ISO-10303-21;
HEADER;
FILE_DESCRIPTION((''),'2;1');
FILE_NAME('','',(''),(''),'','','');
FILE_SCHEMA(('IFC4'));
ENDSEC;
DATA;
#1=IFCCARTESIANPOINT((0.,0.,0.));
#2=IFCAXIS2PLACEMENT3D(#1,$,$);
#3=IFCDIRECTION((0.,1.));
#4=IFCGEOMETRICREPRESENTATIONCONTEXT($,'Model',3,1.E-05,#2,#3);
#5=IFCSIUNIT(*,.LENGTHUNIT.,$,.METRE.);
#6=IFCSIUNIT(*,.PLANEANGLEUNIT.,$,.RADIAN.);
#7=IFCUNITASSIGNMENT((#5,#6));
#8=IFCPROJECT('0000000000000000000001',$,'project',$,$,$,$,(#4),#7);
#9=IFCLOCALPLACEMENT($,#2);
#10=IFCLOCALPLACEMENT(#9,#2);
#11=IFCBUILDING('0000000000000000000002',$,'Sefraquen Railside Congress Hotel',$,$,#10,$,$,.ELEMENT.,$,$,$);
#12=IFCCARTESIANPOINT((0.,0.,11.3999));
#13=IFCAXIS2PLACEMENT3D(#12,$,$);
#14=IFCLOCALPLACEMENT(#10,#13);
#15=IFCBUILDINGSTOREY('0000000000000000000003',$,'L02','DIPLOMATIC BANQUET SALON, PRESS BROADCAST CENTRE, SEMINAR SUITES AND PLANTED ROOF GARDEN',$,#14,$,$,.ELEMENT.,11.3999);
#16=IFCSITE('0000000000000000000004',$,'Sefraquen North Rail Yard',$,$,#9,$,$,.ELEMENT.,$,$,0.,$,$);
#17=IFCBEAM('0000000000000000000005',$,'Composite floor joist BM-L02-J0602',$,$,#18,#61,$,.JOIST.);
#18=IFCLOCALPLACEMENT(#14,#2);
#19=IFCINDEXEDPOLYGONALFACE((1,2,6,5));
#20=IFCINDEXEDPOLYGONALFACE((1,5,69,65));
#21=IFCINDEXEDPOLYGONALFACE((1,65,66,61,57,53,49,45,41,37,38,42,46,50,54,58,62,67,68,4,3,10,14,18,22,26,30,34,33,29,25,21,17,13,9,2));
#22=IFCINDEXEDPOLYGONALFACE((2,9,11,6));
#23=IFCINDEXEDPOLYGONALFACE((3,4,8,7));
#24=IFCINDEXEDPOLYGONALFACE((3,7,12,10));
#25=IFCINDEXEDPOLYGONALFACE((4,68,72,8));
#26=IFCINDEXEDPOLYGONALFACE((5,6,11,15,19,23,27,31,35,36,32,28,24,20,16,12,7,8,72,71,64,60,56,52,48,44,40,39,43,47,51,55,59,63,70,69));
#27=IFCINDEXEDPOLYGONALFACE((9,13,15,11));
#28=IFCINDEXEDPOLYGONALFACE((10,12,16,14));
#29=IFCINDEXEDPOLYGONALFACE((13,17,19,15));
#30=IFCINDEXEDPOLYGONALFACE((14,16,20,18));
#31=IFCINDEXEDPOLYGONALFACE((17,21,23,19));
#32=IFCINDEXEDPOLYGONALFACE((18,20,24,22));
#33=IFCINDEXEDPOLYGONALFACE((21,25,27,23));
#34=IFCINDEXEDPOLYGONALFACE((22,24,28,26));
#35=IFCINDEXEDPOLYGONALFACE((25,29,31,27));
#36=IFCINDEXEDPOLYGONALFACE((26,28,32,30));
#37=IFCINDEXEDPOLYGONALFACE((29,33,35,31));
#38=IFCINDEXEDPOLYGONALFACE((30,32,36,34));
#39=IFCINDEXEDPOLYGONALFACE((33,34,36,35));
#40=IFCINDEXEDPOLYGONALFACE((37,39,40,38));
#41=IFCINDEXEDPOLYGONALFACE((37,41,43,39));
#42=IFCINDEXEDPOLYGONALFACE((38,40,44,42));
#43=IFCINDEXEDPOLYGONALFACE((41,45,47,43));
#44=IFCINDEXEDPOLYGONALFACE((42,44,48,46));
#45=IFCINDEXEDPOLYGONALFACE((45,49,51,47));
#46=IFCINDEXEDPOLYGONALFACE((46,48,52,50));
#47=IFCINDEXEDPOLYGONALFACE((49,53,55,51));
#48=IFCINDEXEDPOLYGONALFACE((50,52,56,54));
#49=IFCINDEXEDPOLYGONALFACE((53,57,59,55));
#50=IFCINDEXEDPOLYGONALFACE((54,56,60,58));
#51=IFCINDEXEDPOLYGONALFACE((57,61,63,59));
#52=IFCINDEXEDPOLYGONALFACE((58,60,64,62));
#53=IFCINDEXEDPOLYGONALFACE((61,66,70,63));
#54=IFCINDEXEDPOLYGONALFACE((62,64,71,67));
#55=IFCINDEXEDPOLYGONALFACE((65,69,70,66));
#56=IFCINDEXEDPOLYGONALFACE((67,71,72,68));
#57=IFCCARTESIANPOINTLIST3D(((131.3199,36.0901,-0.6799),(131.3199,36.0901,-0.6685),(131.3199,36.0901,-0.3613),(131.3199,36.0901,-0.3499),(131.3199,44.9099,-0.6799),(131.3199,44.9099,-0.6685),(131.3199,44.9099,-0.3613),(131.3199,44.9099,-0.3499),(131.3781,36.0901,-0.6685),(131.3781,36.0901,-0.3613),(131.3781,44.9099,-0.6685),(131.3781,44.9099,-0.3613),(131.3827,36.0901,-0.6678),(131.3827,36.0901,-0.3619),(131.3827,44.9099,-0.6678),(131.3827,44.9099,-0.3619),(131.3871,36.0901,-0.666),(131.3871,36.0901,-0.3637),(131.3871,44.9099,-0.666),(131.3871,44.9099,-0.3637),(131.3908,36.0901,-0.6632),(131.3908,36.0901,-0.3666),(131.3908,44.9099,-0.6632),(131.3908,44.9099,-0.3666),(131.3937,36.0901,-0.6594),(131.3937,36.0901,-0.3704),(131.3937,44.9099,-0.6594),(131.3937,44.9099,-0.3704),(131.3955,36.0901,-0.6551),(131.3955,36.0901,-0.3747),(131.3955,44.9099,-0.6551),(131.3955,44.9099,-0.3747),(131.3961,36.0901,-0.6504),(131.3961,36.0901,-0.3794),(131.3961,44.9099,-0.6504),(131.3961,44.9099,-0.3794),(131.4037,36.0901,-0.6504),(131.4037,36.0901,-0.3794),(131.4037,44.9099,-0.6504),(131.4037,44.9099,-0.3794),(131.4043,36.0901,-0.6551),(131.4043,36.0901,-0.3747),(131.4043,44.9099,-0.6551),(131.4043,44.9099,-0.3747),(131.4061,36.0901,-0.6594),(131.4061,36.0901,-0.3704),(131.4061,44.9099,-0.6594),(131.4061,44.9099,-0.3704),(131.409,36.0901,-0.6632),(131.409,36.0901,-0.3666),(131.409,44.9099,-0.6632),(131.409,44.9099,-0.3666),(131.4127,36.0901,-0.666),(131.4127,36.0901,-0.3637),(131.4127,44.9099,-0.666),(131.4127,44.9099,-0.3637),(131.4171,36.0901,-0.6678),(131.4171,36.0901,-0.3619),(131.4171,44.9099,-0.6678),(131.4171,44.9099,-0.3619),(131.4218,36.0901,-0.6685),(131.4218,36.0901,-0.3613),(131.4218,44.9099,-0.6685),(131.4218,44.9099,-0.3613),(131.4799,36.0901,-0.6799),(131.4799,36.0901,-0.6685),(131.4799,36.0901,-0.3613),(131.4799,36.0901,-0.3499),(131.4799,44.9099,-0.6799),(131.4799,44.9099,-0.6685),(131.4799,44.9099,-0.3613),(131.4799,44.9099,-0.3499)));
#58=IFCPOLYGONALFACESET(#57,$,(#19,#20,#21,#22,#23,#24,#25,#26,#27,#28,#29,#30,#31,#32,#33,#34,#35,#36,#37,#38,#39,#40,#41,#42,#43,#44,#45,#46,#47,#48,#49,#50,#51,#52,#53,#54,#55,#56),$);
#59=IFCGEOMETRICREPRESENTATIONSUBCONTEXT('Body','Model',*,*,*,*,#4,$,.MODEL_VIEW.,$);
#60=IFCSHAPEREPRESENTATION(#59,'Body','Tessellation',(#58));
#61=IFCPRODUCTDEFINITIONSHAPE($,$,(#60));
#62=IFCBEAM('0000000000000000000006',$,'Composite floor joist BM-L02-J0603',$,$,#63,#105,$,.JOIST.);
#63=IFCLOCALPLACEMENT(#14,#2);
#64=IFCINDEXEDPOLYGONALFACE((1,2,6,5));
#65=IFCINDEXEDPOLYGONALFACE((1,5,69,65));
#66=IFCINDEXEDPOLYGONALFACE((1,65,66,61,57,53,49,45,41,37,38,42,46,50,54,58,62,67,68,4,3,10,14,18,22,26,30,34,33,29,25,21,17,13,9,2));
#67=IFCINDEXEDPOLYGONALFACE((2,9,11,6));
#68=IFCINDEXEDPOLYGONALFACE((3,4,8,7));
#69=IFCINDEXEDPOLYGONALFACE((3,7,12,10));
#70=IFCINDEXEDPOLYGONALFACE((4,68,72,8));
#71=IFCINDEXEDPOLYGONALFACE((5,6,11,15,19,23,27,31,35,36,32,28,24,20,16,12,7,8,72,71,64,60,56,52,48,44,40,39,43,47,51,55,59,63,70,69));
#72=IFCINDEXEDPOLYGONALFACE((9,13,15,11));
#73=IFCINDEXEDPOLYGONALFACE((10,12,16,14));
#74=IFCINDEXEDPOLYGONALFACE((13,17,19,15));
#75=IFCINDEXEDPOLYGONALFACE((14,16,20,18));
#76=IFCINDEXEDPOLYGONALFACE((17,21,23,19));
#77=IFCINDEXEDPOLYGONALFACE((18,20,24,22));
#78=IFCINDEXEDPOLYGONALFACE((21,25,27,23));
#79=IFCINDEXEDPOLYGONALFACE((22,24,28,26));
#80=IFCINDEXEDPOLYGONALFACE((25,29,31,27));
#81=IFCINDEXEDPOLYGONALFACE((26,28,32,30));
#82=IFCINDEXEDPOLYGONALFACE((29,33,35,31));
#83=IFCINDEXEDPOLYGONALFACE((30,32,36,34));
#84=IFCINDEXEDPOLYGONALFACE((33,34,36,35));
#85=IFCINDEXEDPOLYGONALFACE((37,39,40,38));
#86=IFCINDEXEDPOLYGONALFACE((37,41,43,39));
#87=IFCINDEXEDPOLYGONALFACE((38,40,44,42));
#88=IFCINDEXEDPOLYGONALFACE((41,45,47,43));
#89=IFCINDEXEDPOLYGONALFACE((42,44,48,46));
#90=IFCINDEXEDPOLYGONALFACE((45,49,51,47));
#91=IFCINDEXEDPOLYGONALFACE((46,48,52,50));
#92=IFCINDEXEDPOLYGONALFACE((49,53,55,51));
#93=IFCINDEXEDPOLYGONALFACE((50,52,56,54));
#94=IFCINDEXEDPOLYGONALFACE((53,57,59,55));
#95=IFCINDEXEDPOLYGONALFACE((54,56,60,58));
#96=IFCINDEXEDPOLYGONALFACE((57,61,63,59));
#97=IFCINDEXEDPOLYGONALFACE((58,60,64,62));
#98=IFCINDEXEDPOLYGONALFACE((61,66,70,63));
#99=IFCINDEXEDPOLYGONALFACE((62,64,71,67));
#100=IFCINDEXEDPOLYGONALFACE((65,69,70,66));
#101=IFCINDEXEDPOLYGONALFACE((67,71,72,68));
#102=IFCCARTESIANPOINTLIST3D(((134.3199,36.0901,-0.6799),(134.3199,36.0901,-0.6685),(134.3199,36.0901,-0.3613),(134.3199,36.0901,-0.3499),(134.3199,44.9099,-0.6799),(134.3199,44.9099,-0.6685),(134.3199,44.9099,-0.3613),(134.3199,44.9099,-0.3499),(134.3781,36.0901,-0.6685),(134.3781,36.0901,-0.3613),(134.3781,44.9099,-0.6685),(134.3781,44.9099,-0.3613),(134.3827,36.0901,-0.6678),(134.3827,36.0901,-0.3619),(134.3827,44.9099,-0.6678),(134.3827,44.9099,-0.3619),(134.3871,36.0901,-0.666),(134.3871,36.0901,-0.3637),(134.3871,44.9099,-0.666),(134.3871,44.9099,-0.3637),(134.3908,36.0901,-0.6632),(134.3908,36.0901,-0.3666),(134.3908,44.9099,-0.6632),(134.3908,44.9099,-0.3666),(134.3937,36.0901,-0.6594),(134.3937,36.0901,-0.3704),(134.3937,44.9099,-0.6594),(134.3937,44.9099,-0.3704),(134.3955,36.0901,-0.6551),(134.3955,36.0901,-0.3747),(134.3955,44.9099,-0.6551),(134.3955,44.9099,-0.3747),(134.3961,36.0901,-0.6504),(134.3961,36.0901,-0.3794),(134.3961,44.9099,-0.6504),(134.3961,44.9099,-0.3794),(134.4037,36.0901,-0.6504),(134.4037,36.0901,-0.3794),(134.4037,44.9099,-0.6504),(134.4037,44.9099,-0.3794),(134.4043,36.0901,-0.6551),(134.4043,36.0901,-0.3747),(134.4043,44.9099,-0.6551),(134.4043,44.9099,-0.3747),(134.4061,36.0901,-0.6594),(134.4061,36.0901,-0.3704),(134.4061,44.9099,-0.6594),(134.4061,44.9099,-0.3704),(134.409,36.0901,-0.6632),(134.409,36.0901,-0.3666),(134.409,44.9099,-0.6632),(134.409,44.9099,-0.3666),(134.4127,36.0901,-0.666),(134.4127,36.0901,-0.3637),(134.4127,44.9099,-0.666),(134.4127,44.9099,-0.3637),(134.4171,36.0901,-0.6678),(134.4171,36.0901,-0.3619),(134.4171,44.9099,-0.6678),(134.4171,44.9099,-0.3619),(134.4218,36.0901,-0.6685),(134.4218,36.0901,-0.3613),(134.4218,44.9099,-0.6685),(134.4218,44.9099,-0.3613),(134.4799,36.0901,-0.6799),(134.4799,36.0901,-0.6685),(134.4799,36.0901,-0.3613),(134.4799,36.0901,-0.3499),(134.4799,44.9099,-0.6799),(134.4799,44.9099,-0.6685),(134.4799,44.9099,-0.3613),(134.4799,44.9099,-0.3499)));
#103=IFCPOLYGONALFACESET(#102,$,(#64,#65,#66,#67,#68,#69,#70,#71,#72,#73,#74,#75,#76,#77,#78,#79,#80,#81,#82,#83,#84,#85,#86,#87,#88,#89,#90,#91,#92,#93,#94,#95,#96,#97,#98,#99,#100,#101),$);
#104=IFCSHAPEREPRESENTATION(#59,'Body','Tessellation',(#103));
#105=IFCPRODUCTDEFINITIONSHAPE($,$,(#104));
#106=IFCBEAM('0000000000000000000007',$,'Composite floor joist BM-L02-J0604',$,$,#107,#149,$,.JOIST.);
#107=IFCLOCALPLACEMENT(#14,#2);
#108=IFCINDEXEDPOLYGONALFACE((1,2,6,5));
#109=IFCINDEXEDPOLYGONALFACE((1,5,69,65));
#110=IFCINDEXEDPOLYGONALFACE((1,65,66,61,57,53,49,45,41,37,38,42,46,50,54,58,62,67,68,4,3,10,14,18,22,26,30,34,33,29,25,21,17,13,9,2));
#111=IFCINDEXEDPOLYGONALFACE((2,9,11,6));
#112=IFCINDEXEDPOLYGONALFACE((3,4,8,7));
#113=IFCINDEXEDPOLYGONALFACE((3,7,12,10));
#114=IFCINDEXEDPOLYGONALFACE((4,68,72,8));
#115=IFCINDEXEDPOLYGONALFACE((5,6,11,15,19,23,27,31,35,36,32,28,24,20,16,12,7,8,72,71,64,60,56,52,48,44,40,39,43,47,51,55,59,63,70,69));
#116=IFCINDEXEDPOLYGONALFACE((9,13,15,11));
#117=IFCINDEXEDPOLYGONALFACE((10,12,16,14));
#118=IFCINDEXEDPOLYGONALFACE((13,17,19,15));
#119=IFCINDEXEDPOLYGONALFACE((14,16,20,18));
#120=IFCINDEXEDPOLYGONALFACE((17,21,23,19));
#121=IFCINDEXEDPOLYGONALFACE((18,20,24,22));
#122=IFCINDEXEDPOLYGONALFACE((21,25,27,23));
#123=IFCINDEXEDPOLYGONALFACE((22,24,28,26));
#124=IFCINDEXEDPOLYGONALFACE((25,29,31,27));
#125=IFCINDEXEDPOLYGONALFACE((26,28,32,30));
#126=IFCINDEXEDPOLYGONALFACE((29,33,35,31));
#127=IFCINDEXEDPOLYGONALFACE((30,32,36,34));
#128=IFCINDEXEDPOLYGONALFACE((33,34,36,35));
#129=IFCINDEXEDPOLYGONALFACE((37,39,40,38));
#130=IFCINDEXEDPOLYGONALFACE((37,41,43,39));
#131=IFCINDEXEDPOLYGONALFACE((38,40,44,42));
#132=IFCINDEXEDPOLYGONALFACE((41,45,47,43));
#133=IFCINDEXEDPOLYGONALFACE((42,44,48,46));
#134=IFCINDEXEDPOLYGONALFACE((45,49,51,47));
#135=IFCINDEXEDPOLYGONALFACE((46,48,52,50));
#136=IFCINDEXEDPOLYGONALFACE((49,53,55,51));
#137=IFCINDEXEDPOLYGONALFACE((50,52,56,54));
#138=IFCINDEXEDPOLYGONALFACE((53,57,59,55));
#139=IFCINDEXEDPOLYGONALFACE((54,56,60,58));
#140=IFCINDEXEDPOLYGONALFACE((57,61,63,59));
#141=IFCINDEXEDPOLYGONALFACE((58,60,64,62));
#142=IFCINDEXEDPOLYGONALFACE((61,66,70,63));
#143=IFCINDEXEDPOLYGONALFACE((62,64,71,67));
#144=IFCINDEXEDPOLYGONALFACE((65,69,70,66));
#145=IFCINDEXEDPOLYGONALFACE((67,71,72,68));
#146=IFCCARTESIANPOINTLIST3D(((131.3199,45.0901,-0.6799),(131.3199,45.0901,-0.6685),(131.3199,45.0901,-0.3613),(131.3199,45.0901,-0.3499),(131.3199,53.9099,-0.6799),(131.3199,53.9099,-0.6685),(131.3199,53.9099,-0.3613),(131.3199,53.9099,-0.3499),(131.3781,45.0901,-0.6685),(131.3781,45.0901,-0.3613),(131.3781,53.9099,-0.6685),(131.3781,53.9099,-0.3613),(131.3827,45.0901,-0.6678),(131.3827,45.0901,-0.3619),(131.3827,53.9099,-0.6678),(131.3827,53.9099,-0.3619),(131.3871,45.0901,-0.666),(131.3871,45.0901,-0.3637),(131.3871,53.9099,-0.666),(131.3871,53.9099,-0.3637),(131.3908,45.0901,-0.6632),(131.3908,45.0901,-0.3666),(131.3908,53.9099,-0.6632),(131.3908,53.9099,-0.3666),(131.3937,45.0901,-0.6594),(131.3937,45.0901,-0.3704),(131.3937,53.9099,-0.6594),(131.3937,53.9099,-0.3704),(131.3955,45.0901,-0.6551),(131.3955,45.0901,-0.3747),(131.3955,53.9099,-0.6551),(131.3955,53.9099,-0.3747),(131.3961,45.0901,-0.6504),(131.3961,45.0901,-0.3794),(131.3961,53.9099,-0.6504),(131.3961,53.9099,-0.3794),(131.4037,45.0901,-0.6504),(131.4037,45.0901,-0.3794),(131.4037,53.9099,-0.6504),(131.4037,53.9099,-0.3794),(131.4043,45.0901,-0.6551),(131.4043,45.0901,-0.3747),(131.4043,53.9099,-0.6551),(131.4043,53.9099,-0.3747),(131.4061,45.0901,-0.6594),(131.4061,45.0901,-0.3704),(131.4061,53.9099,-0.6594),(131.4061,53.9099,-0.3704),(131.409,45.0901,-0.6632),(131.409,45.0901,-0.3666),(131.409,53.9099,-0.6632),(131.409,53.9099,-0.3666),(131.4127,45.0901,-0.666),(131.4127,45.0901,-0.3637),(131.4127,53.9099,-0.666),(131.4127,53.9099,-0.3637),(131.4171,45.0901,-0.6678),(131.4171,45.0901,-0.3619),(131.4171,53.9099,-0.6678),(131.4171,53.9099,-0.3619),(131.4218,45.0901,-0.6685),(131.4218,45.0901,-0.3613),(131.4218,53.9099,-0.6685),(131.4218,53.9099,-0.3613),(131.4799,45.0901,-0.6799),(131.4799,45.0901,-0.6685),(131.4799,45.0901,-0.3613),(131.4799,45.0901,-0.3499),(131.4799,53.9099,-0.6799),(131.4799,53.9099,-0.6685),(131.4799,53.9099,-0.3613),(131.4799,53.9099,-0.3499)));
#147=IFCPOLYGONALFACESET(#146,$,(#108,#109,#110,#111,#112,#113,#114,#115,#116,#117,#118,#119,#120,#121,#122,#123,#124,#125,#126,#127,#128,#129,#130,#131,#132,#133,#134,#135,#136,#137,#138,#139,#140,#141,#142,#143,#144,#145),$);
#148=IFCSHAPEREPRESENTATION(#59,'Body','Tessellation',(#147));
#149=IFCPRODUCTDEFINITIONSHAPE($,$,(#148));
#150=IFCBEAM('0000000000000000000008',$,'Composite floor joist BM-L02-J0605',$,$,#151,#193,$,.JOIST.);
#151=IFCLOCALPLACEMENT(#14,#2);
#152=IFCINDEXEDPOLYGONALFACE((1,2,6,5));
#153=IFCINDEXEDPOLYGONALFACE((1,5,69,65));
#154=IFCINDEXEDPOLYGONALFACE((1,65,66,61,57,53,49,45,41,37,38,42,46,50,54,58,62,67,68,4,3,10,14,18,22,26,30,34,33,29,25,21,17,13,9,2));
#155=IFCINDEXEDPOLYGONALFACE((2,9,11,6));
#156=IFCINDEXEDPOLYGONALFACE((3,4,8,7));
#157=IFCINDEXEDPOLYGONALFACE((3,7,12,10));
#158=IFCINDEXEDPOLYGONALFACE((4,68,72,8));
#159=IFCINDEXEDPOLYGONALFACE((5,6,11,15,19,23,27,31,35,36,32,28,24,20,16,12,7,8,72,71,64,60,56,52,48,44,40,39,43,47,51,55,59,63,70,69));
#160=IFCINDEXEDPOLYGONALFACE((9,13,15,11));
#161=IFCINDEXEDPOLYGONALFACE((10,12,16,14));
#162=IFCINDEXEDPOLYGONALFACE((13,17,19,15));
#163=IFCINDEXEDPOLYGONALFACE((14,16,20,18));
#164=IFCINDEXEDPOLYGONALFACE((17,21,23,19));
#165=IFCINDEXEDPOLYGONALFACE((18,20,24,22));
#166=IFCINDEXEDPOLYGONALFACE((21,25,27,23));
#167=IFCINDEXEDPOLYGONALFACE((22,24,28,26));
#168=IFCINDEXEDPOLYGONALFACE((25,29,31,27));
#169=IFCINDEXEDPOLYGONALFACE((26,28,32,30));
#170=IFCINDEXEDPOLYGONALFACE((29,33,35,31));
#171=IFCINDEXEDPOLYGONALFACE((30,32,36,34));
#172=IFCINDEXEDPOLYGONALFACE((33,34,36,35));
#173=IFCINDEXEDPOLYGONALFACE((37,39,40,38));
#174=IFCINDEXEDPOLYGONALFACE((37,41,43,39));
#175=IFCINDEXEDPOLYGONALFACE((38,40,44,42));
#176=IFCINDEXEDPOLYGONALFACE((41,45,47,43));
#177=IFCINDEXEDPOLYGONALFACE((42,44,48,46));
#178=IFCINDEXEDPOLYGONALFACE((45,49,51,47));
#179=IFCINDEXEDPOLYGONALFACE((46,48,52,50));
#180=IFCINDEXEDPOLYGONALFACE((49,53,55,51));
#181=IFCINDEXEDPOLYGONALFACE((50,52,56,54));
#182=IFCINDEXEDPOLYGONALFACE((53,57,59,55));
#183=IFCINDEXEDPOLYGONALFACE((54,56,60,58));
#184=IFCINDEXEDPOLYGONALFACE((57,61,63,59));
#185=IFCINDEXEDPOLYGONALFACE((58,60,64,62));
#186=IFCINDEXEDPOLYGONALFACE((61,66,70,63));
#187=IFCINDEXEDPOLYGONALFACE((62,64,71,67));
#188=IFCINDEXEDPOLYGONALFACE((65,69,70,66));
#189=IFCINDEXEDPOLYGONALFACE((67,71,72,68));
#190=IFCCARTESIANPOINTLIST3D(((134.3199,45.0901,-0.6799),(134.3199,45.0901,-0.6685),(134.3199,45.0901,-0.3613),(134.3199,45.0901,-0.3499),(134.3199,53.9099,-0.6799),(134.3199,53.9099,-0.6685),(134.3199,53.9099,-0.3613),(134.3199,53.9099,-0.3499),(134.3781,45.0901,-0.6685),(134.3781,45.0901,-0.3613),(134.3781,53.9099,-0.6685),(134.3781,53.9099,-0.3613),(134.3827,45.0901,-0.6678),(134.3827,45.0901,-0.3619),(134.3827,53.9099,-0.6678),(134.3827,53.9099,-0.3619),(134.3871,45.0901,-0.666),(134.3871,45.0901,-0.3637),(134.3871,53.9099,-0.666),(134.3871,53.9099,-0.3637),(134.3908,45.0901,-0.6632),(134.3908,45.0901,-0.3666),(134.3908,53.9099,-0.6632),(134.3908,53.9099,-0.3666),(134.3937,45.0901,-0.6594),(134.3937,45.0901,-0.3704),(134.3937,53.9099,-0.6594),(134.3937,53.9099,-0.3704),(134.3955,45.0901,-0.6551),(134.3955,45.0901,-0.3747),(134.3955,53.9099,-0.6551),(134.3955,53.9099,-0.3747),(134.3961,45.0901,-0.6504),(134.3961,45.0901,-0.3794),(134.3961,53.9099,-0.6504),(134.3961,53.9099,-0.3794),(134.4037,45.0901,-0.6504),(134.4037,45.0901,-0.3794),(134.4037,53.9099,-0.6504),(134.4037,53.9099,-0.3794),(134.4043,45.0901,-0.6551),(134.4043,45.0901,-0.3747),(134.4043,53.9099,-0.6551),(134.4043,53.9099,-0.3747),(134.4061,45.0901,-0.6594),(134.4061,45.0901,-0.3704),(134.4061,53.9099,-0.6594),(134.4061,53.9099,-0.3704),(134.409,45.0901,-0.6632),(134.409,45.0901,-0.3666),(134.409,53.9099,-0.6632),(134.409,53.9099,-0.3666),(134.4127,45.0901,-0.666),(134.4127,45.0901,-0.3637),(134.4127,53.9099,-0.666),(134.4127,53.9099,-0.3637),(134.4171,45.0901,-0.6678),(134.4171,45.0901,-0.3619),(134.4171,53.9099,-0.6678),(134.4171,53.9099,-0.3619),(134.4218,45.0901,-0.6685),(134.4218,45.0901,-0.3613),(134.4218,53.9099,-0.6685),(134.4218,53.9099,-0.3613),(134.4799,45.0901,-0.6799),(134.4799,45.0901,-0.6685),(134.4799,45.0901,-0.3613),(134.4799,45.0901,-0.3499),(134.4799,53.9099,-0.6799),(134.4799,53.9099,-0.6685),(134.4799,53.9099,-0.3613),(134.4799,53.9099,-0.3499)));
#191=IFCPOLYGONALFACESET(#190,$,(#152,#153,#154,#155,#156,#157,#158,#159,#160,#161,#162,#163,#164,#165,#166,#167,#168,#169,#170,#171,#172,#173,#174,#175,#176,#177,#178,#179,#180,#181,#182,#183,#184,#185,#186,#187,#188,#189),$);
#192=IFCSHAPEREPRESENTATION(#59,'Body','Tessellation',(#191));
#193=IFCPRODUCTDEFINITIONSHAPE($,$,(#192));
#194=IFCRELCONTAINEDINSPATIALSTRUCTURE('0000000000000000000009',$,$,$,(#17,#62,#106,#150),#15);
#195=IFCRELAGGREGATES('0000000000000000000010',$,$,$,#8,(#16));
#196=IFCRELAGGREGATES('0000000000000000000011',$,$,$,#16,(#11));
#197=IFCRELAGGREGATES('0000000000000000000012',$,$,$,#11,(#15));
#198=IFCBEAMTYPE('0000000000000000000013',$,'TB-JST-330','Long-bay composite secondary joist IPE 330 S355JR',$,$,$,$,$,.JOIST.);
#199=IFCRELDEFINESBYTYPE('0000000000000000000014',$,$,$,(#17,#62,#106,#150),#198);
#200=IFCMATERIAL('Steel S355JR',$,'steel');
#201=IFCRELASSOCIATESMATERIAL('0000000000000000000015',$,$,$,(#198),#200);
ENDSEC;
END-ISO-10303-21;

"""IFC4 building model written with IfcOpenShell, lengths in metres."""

from ifc_helpers import new_model, si_unit, direction, frame, origin, origin_2d, place, context, subcontext, project, spatial, i_section, extrude, material, material_profile, profile_set, type_object, element, save


model = new_model("IFC4")

# Units and contexts
model_context = context("Model", 3, precision=1e-05, world=origin(), true_north=direction((0.0, 1.0)))
body_context = subcontext(model_context, "Body", "Model", "MODEL_VIEW")
ifc_project = project(units=[si_unit("LENGTHUNIT", "METRE"), si_unit("PLANEANGLEUNIT", "RADIAN")], contexts=[model_context])

# Site, building, storey
site_placement = place(None, origin())
site = spatial("IfcSite", under=ifc_project, at=site_placement, Name="Sefraquen North Rail Yard", CompositionType="ELEMENT", RefElevation=0.0)
building_placement = place(site_placement, origin())
building = spatial("IfcBuilding", under=site, at=building_placement, Name="Sefraquen Railside Congress Hotel", CompositionType="ELEMENT")
storey_placement = place(building_placement, frame((0.0, 0.0, 11.3999)))
storey = spatial("IfcBuildingStorey", under=building, at=storey_placement, Name="L02", Description="DIPLOMATIC BANQUET SALON, PRESS BROADCAST CENTRE, SEMINAR SUITES AND PLANTED ROOF GARDEN", CompositionType="ELEMENT", Elevation=11.3999)

# Shared definitions
ifc_material_1 = material(Name="Steel S355JR", Category="steel")

# Beams
ifc_material_profile_1 = material_profile(ifc_material_1, i_section(OverallWidth=0.1599, OverallDepth=0.3301, WebThickness=0.0076, FlangeThickness=0.0115, FilletRadius=0.0181, at=origin_2d()), Name="IPE 330")
ifc_profile_set_1 = profile_set([ifc_material_profile_1], Name="Steel S355JR")
beam_type_1 = type_object("IfcBeamType", Name="TB-JST-330", Description="Long-bay composite secondary joist IPE 330 S355JR", PredefinedType="JOIST", material=ifc_profile_set_1)
for number, where, z_axis, x_axis, name in (
    (1, (131.3999, 36.0901, -0.5149), (0.0, 1.0, 0.0), (-1.0, 0.0, 0.0), "Composite floor joist BM-L02-J0602"),
    (2, (134.3999, 36.0901, -0.5149), (0.0, 1.0, 0.0), (-1.0, 0.0, 0.0), "Composite floor joist BM-L02-J0603"),
    (3, (131.3999, 45.0901, -0.5149), (0.0, 1.0, 0.0), (-1.0, 0.0, 0.0), "Composite floor joist BM-L02-J0604"),
    (4, (134.3999, 45.0901, -0.5149), (0.0, 1.0, 0.0), (-1.0, 0.0, 0.0), "Composite floor joist BM-L02-J0605"),
):
    element("IfcBeam", number, at=place(storey_placement, frame(where, z_axis=z_axis, x_axis=x_axis)), inside=storey, type_object=beam_type_1, Name=name, PredefinedType="JOIST", context=body_context, shape_type="SweptSolid", body=[
        extrude(i_section(OverallWidth=0.1599, OverallDepth=0.3301, WebThickness=0.0076, FlangeThickness=0.0115, FilletRadius=0.0181, at=origin_2d()), origin(), (0.0, 0.0, 1.0), 8.8198),
    ])

save(model, "model.ifc")
